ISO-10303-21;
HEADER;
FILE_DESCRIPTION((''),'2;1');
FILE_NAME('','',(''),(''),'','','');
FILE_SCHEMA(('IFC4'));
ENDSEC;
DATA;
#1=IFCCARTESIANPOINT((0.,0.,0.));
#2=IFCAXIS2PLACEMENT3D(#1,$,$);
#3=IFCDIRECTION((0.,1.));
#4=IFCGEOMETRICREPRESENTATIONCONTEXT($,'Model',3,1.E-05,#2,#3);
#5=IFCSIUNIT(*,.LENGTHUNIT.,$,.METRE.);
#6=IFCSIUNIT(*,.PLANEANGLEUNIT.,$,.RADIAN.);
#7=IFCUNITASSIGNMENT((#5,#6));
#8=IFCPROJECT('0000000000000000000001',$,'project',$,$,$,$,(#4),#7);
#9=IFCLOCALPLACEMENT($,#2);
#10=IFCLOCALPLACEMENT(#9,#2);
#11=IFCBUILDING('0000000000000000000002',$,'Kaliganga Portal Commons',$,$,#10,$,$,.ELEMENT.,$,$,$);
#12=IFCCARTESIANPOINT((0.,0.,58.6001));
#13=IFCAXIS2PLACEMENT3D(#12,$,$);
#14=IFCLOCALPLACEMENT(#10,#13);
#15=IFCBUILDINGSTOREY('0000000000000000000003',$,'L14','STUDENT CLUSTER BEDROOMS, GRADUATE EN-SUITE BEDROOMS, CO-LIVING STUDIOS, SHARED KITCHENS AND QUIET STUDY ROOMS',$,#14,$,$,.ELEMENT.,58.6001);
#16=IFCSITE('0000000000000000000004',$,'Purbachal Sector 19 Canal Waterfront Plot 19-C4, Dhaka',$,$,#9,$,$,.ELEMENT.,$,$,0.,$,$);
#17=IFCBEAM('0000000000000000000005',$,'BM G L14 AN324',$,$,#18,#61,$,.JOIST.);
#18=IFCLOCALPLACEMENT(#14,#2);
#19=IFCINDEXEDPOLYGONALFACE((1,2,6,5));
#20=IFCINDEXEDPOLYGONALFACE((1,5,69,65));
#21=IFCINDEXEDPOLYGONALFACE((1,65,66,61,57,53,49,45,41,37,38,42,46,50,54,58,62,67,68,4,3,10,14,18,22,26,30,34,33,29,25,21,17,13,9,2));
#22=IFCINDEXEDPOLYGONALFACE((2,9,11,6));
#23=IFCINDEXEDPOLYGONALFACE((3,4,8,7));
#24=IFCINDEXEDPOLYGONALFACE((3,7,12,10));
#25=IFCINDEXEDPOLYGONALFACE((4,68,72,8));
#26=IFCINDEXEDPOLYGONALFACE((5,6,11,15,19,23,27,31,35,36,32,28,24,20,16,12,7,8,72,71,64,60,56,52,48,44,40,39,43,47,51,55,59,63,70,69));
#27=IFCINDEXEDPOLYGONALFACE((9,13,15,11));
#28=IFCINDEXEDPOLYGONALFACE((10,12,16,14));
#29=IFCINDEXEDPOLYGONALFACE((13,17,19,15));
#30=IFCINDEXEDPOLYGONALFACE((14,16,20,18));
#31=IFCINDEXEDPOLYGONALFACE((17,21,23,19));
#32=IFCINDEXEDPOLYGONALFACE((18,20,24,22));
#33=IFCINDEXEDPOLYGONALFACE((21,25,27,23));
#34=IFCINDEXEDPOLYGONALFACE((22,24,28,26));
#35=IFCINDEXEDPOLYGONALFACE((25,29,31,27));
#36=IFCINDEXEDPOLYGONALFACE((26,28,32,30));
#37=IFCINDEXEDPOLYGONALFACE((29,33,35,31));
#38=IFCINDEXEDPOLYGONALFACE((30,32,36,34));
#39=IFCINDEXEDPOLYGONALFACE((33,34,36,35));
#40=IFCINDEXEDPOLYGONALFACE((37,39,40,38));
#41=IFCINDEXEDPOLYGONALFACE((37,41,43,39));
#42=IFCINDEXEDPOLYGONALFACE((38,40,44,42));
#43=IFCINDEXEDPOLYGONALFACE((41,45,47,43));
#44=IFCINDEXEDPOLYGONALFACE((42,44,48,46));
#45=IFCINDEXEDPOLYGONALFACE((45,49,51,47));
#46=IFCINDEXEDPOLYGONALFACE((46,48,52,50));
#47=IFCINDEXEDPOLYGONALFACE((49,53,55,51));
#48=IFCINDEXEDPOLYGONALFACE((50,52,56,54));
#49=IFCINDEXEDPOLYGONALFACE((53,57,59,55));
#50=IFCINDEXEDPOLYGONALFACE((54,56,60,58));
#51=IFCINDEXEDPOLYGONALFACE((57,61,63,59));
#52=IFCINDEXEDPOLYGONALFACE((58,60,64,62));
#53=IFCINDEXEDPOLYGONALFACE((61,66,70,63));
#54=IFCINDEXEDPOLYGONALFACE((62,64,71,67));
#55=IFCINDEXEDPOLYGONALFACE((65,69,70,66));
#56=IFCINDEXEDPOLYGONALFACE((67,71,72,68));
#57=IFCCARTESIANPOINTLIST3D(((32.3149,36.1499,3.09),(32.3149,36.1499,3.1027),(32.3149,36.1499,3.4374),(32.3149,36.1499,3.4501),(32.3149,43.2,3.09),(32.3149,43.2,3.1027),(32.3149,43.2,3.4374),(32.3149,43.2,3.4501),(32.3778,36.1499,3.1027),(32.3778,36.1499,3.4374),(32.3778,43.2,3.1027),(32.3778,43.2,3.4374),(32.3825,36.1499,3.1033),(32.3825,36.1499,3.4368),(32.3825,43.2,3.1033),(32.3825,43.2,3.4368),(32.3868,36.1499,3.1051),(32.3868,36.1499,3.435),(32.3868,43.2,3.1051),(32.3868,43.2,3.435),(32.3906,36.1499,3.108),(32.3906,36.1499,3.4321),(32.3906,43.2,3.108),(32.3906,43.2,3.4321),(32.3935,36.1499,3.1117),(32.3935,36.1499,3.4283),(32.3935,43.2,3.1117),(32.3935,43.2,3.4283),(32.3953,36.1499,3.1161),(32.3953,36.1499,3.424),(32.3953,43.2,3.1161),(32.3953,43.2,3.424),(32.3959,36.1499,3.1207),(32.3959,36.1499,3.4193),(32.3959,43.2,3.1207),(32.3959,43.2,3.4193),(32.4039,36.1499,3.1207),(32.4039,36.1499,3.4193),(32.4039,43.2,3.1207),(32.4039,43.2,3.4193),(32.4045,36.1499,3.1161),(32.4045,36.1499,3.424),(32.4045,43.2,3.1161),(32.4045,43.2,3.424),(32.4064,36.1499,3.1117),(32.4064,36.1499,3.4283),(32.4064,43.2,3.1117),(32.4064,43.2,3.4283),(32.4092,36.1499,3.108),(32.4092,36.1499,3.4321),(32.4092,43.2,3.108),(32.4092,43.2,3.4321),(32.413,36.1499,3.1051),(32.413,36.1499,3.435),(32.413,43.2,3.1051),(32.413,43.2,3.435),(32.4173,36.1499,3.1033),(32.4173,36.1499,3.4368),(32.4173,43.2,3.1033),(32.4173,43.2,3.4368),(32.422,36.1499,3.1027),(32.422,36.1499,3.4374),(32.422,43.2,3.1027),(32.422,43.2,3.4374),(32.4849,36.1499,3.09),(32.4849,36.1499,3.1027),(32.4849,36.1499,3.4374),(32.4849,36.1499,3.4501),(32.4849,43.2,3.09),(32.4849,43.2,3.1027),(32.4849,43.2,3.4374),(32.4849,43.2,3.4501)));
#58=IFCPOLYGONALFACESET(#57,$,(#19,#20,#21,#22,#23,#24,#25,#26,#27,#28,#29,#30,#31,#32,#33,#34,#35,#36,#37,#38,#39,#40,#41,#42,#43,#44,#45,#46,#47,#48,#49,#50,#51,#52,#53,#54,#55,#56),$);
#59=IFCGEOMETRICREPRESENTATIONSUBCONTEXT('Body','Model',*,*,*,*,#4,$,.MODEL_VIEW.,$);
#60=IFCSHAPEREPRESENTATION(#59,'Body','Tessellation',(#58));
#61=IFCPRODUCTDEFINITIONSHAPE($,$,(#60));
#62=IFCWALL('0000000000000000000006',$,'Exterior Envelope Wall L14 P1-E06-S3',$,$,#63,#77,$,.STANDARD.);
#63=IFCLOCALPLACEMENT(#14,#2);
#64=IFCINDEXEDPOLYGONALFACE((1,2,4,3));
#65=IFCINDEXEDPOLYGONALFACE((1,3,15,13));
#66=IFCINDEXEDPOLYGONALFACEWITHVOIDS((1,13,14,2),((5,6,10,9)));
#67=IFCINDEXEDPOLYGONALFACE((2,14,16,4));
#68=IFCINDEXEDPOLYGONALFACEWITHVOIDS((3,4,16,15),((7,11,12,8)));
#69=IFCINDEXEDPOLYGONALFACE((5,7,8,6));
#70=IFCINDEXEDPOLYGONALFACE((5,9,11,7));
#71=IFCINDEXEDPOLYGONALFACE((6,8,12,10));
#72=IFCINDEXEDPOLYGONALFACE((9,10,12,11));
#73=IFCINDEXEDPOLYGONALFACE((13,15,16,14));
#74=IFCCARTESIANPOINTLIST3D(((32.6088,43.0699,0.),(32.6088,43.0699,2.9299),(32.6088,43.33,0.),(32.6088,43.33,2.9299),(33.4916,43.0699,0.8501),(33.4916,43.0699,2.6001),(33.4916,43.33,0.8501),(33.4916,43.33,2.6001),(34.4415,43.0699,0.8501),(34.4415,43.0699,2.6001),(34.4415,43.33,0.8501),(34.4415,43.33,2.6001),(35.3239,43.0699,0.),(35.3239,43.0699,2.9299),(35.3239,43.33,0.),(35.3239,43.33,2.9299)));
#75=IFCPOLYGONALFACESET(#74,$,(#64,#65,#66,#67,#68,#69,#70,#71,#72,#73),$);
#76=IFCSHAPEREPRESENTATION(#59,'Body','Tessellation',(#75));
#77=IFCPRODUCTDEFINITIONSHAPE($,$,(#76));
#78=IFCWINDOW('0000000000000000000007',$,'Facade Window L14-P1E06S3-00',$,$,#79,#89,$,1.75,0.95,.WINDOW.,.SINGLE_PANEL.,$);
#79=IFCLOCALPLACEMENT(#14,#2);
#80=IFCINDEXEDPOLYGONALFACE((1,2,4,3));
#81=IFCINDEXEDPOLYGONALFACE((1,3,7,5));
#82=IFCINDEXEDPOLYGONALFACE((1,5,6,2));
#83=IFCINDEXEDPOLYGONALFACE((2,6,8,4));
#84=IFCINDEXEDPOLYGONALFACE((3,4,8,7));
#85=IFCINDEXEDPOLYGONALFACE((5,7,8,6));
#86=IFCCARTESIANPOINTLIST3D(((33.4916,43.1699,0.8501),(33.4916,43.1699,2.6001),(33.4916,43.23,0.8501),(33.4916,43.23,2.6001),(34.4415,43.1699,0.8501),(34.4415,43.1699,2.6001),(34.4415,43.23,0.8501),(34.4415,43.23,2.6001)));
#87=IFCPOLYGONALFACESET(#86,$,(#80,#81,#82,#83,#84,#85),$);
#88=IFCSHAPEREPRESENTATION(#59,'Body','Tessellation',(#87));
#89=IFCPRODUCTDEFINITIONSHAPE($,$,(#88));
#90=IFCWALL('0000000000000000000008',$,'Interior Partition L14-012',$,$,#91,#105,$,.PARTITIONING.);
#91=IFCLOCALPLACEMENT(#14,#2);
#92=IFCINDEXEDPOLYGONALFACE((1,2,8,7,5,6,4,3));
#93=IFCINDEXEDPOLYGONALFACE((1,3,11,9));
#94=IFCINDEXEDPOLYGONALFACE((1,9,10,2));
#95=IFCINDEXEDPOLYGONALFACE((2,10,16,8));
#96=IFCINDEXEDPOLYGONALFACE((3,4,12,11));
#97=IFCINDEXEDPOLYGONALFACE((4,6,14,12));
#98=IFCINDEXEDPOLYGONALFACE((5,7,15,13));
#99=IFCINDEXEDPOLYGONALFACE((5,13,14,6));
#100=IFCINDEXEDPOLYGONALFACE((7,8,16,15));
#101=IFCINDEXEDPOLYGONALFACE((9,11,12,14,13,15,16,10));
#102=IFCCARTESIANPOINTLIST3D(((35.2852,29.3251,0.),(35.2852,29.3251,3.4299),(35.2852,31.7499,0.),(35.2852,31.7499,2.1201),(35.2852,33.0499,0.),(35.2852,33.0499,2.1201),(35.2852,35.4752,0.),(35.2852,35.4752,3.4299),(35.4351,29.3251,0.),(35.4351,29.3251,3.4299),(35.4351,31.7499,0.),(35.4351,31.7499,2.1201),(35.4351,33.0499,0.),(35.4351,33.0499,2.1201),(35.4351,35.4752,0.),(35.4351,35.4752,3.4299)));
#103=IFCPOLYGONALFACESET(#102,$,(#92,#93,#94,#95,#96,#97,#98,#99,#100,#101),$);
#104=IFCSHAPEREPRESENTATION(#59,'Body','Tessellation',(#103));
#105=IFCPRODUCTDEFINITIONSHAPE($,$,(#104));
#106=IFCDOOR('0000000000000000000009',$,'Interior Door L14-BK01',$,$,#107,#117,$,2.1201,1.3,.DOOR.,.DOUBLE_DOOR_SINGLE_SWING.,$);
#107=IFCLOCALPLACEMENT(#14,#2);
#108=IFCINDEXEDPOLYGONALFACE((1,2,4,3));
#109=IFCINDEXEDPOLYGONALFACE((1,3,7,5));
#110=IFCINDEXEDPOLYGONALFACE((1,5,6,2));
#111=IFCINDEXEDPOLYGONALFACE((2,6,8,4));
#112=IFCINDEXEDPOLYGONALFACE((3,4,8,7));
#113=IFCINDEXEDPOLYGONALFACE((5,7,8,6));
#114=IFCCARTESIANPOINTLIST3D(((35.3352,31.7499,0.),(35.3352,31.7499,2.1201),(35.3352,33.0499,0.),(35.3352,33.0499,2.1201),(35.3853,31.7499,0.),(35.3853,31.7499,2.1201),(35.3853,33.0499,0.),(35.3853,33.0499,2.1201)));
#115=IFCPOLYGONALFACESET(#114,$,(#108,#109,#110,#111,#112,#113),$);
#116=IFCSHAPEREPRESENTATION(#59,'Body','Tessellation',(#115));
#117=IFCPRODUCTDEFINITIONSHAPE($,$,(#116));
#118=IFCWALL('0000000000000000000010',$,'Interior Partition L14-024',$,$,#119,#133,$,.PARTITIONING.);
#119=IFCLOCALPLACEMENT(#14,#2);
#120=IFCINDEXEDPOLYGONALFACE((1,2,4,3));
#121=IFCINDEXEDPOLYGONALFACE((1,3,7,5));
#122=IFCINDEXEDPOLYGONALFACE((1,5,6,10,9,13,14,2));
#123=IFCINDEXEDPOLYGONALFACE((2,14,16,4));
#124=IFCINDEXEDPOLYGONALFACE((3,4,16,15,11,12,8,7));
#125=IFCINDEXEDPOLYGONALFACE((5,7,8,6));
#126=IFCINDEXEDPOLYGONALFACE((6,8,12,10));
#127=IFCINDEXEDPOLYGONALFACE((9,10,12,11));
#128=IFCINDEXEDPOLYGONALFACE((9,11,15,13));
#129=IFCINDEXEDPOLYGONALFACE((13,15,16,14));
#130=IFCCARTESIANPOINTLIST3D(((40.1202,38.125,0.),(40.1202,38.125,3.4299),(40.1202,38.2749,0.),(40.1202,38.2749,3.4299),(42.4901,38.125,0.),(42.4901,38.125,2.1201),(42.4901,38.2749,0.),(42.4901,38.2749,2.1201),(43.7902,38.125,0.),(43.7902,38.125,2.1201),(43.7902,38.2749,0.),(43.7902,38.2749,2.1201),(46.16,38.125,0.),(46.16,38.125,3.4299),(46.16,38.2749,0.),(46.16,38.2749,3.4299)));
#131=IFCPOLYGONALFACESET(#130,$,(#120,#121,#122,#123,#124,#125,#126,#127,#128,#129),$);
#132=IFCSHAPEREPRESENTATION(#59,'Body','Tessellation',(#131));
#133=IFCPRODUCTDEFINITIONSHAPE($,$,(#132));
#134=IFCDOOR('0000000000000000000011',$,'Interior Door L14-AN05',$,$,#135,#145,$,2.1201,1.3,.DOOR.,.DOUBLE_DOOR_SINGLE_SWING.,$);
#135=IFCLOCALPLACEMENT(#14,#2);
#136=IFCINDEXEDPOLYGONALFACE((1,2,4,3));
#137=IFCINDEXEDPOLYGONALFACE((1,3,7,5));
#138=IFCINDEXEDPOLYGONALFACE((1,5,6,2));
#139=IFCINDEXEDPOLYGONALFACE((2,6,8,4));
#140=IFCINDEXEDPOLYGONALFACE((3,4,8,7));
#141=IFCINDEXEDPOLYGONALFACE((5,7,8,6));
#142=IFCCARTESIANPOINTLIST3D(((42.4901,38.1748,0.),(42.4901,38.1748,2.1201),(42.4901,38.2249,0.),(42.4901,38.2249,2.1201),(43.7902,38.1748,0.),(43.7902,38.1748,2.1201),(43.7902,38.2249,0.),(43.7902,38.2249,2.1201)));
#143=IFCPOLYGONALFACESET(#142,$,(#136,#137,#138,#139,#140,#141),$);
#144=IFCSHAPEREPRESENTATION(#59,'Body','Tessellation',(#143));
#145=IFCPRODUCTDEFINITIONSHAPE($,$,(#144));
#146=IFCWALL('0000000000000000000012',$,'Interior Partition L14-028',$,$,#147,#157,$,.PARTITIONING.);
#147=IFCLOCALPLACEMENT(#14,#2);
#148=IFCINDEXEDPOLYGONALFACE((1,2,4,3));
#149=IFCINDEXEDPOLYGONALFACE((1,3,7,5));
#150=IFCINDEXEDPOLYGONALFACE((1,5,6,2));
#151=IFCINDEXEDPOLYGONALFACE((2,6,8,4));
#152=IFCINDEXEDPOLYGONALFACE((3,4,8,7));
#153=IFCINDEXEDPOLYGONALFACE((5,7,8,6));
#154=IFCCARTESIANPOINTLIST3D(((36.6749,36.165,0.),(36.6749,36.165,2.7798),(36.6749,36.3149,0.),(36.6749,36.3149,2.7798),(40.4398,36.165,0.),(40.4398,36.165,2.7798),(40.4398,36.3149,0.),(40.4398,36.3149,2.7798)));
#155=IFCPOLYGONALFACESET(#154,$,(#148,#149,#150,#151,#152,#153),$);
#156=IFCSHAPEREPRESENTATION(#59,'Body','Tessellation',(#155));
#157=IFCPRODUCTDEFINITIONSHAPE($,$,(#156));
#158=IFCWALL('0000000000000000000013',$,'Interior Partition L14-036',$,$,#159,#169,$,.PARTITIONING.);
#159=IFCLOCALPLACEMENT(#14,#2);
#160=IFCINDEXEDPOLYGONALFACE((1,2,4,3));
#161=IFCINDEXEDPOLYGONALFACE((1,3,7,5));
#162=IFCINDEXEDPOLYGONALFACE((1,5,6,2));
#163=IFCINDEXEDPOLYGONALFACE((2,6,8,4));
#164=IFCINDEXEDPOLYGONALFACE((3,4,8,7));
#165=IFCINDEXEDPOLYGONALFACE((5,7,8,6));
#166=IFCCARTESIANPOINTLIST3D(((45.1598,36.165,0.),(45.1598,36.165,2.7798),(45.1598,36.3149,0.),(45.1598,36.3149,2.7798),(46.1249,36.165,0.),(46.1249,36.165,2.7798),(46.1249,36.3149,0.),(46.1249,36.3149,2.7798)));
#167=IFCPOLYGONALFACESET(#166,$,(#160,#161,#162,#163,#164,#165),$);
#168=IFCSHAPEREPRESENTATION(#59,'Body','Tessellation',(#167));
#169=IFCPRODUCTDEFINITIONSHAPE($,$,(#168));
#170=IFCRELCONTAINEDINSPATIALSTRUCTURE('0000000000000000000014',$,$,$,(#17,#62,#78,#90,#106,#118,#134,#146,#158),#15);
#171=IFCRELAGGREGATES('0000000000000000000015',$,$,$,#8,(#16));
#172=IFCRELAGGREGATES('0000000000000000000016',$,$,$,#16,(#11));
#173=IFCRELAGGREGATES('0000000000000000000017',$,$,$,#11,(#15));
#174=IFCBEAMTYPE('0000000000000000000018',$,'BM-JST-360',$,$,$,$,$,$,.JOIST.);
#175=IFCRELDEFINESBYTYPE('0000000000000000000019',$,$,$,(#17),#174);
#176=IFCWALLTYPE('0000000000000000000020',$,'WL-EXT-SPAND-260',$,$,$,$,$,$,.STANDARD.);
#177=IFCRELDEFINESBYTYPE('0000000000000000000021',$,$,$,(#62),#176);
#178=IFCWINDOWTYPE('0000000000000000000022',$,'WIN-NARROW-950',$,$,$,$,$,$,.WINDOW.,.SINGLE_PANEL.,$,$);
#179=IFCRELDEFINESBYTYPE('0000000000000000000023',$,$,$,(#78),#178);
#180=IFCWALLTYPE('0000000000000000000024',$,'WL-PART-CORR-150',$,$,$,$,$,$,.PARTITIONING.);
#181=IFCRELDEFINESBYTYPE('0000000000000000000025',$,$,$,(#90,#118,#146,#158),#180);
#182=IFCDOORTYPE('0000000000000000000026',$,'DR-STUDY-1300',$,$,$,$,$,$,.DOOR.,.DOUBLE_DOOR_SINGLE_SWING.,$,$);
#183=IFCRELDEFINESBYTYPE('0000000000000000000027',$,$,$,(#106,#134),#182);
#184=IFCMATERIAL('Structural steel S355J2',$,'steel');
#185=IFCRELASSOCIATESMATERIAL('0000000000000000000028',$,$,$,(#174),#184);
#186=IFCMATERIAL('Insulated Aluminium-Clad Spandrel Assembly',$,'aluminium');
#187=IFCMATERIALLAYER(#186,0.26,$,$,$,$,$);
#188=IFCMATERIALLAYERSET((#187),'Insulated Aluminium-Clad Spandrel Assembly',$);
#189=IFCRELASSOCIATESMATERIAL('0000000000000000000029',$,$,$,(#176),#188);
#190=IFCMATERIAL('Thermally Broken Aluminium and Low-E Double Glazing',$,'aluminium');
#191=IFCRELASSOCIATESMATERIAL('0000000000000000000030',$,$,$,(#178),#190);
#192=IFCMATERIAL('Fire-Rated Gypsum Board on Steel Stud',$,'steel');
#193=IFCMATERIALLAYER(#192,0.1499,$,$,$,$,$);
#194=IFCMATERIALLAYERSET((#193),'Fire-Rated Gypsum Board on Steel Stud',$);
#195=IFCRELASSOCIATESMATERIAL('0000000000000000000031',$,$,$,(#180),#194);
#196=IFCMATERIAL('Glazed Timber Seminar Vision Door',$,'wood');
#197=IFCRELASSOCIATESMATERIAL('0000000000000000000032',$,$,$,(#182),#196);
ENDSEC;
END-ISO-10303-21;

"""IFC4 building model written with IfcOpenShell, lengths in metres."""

from ifc_helpers import new_model, si_unit, direction, frame, frame_2d, origin, origin_2d, place, context, subcontext, project, spatial, rectangle, i_section, extrude, source, transform, mapped, material, layer, layer_set, material_profile, profile_set, type_object, element, fill, save


model = new_model("IFC4")

# Units and contexts
model_context = context("Model", 3, precision=1e-05, world=origin(), true_north=direction((0.0, 1.0)))
body_context = subcontext(model_context, "Body", "Model", "MODEL_VIEW")
ifc_project = project(units=[si_unit("LENGTHUNIT", "METRE"), si_unit("PLANEANGLEUNIT", "RADIAN")], contexts=[model_context])

# Site, building, storey
site_placement = place(None, origin())
site = spatial("IfcSite", under=ifc_project, at=site_placement, Name="Purbachal Sector 19 Canal Waterfront Plot 19-C4, Dhaka", CompositionType="ELEMENT", RefElevation=0.0)
building_placement = place(site_placement, origin())
building = spatial("IfcBuilding", under=site, at=building_placement, Name="Kaliganga Portal Commons", CompositionType="ELEMENT")
storey_placement = place(building_placement, frame((0.0, 0.0, 58.6001)))
storey = spatial("IfcBuildingStorey", under=building, at=storey_placement, Name="L14", Description="STUDENT CLUSTER BEDROOMS, GRADUATE EN-SUITE BEDROOMS, CO-LIVING STUDIOS, SHARED KITCHENS AND QUIET STUDY ROOMS", CompositionType="ELEMENT", Elevation=58.6001)

# Beam
ifc_material_1 = material(Name="Structural steel S355J2", Category="steel")
ifc_material_profile_1 = material_profile(ifc_material_1, i_section(OverallWidth=0.1699, OverallDepth=0.3601, WebThickness=0.0081, FlangeThickness=0.0127, FilletRadius=0.0181, at=origin_2d()), Name="IPE 360")
ifc_profile_set_1 = profile_set([ifc_material_profile_1], Name="Structural steel S355J2 wide-flange")
beam_type_1 = type_object("IfcBeamType", Name="BM-JST-360", PredefinedType="JOIST", material=ifc_profile_set_1)
shared_shape_1 = source(origin(), body_context, "Body", "SweptSolid", [
    extrude(i_section(OverallWidth=0.1699, OverallDepth=0.3601, WebThickness=0.0081, FlangeThickness=0.0127, FilletRadius=0.0181, at=origin_2d()), origin(), (0.0, 0.0, 1.0), 7.05),
])
beam_1_placement = place(storey_placement, frame((32.3999, 36.1499, 3.27), z_axis=(0.0, 1.0, 0.0), x_axis=(-1.0, 0.0, 0.0)))
element("IfcBeam", 1, at=beam_1_placement, inside=storey, type_object=beam_type_1, Name="BM G L14 AN324", PredefinedType="JOIST", context=body_context, shape_type="MappedRepresentation", body=[
    mapped(shared_shape_1, transform((0.0, 0.0, 0.0), x_axis=(1.0, 0.0, 0.0), y_axis=(0.0, 1.0, 0.0), z_axis=(0.0, 0.0, 1.0), scale=1.0)),
])

# Shared definitions
ifc_material_2 = material(Name="Insulated Aluminium-Clad Spandrel Assembly", Category="aluminium")
ifc_layer_1 = layer(ifc_material_2, 0.26)
ifc_layer_set_1 = layer_set([ifc_layer_1], Name="Insulated Aluminium-Clad Spandrel Assembly")
wall_type_1 = type_object("IfcWallType", Name="WL-EXT-SPAND-260", PredefinedType="STANDARD", material=ifc_layer_set_1)
ifc_material_3 = material(Name="Thermally Broken Aluminium and Low-E Double Glazing", Category="aluminium")

# Wall, opening, window
wall_1_placement = place(storey_placement, frame((32.6089, 43.2, 0.0), z_axis=(0.0, 0.0, 1.0), x_axis=(1.0, 0.0, 0.0)))
wall_1 = element("IfcWall", 2, at=wall_1_placement, inside=storey, type_object=wall_type_1, Name="Exterior Envelope Wall L14 P1-E06-S3", PredefinedType="STANDARD", context=body_context, shape_type="SweptSolid", body=[
    extrude(rectangle(XDim=2.7151, YDim=0.26, at=frame_2d((1.3574, 0.0))), origin(), (0.0, 0.0, 1.0), 2.9299),
])
opening_1_placement = place(wall_1_placement, frame((0.8826, 0.0, 0.8501)))
opening_1 = element("IfcOpeningElement", 3, at=opening_1_placement, cuts=wall_1, PredefinedType="OPENING", context=body_context, shape_type="SweptSolid", body=[
    extrude(rectangle(XDim=0.95, YDim=1.75, at=frame_2d((0.4751, 0.875))), frame((0.0, 0.1401, 0.0), z_axis=(0.0, -1.0, 0.0), x_axis=(1.0, 0.0, 0.0)), (0.0, 0.0, 1.0), 0.28),
])
window_type_1 = type_object("IfcWindowType", Name="WIN-NARROW-950", PartitioningType="SINGLE_PANEL", PredefinedType="WINDOW", material=ifc_material_3)
window_1_placement = place(opening_1_placement, origin())
window_1 = element("IfcWindow", 4, at=window_1_placement, inside=storey, type_object=window_type_1, Name="Facade Window L14-P1E06S3-00", OverallHeight=1.75, OverallWidth=0.95, PartitioningType="SINGLE_PANEL", PredefinedType="WINDOW", context=body_context, shape_type="SweptSolid", body=[
    extrude(rectangle(XDim=0.95, YDim=1.75, at=frame_2d((0.4751, 0.875))), frame((0.0, 0.03, 0.0), z_axis=(0.0, -1.0, 0.0), x_axis=(1.0, 0.0, 0.0)), (0.0, 0.0, 1.0), 0.0601),
])
fill(opening_1, window_1)

# Walls, openings, doors
ifc_material_4 = material(Name="Fire-Rated Gypsum Board on Steel Stud", Category="steel")
ifc_layer_2 = layer(ifc_material_4, 0.1499)
ifc_layer_set_2 = layer_set([ifc_layer_2], Name="Fire-Rated Gypsum Board on Steel Stud")
wall_type_2 = type_object("IfcWallType", Name="WL-PART-CORR-150", PredefinedType="PARTITIONING", material=ifc_layer_set_2)
wall_2_placement = place(storey_placement, frame((35.3601, 29.325, 0.0), z_axis=(0.0, 0.0, 1.0), x_axis=(0.0, 1.0, 0.0)))
wall_2 = element("IfcWall", 5, at=wall_2_placement, inside=storey, type_object=wall_type_2, Name="Interior Partition L14-012", PredefinedType="PARTITIONING", context=body_context, shape_type="SweptSolid", body=[
    extrude(rectangle(XDim=6.1501, YDim=0.1499, at=frame_2d((3.0752, 0.0))), origin(), (0.0, 0.0, 1.0), 3.4299),
])
opening_2_placement = place(wall_2_placement, frame((2.425, 0.0, 0.0)))
opening_2 = element("IfcOpeningElement", 6, at=opening_2_placement, cuts=wall_2, PredefinedType="OPENING", context=body_context, shape_type="SweptSolid", body=[
    extrude(rectangle(XDim=1.3, YDim=2.1201, at=frame_2d((0.6499, 1.0601))), frame((0.0, 0.085, 0.0), z_axis=(0.0, -1.0, 0.0), x_axis=(1.0, 0.0, 0.0)), (0.0, 0.0, 1.0), 0.1699),
])
ifc_material_5 = material(Name="Glazed Timber Seminar Vision Door", Category="wood")
door_type_1 = type_object("IfcDoorType", Name="DR-STUDY-1300", OperationType="DOUBLE_DOOR_SINGLE_SWING", PredefinedType="DOOR", material=ifc_material_5)
door_1_placement = place(opening_2_placement, origin())
door_1 = element("IfcDoor", 7, at=door_1_placement, inside=storey, type_object=door_type_1, Name="Interior Door L14-BK01", OperationType="DOUBLE_DOOR_SINGLE_SWING", OverallHeight=2.1201, OverallWidth=1.3, PredefinedType="DOOR", context=body_context, shape_type="SweptSolid", body=[
    extrude(rectangle(XDim=1.3, YDim=2.1201, at=frame_2d((0.6499, 1.0601))), frame((0.0, 0.0249, 0.0), z_axis=(0.0, -1.0, 0.0), x_axis=(1.0, 0.0, 0.0)), (0.0, 0.0, 1.0), 0.05),
])
fill(opening_2, door_1)
wall_3_placement = place(storey_placement, frame((40.1201, 38.2, 0.0), z_axis=(0.0, 0.0, 1.0), x_axis=(1.0, 0.0, 0.0)))
wall_3 = element("IfcWall", 8, at=wall_3_placement, inside=storey, type_object=wall_type_2, Name="Interior Partition L14-024", PredefinedType="PARTITIONING", context=body_context, shape_type="SweptSolid", body=[
    extrude(rectangle(XDim=6.0398, YDim=0.1499, at=frame_2d((3.02, 0.0))), origin(), (0.0, 0.0, 1.0), 3.4299),
])
opening_3_placement = place(wall_3_placement, frame((2.3701, 0.0, 0.0)))
opening_3 = element("IfcOpeningElement", 9, at=opening_3_placement, cuts=wall_3, PredefinedType="OPENING", context=body_context, shape_type="SweptSolid", body=[
    extrude(rectangle(XDim=1.3, YDim=2.1201, at=frame_2d((0.6499, 1.0601))), frame((0.0, 0.085, 0.0), z_axis=(0.0, -1.0, 0.0), x_axis=(1.0, 0.0, 0.0)), (0.0, 0.0, 1.0), 0.1699),
])
door_2_placement = place(opening_3_placement, origin())
door_2 = element("IfcDoor", 10, at=door_2_placement, inside=storey, type_object=door_type_1, Name="Interior Door L14-AN05", OperationType="DOUBLE_DOOR_SINGLE_SWING", OverallHeight=2.1201, OverallWidth=1.3, PredefinedType="DOOR", context=body_context, shape_type="SweptSolid", body=[
    extrude(rectangle(XDim=1.3, YDim=2.1201, at=frame_2d((0.6499, 1.0601))), frame((0.0, 0.0249, 0.0), z_axis=(0.0, -1.0, 0.0), x_axis=(1.0, 0.0, 0.0)), (0.0, 0.0, 1.0), 0.05),
])
fill(opening_3, door_2)

# Wall
wall_4_placement = place(storey_placement, frame((36.675, 36.24, 0.0), z_axis=(0.0, 0.0, 1.0), x_axis=(1.0, 0.0, 0.0)))
element("IfcWall", 11, at=wall_4_placement, inside=storey, type_object=wall_type_2, Name="Interior Partition L14-028", PredefinedType="PARTITIONING", context=body_context, shape_type="SweptSolid", body=[
    extrude(rectangle(XDim=3.7649, YDim=0.1499, at=frame_2d((1.8823, 0.0))), origin(), (0.0, 0.0, 1.0), 2.7798),
])

# Wall
wall_5_placement = place(storey_placement, frame((45.1599, 36.24, 0.0), z_axis=(0.0, 0.0, 1.0), x_axis=(1.0, 0.0, 0.0)))
element("IfcWall", 12, at=wall_5_placement, inside=storey, type_object=wall_type_2, Name="Interior Partition L14-036", PredefinedType="PARTITIONING", context=body_context, shape_type="SweptSolid", body=[
    extrude(rectangle(XDim=0.9651, YDim=0.1499, at=frame_2d((0.4824, 0.0))), origin(), (0.0, 0.0, 1.0), 2.7798),
])

save(model, "model.ifc")
